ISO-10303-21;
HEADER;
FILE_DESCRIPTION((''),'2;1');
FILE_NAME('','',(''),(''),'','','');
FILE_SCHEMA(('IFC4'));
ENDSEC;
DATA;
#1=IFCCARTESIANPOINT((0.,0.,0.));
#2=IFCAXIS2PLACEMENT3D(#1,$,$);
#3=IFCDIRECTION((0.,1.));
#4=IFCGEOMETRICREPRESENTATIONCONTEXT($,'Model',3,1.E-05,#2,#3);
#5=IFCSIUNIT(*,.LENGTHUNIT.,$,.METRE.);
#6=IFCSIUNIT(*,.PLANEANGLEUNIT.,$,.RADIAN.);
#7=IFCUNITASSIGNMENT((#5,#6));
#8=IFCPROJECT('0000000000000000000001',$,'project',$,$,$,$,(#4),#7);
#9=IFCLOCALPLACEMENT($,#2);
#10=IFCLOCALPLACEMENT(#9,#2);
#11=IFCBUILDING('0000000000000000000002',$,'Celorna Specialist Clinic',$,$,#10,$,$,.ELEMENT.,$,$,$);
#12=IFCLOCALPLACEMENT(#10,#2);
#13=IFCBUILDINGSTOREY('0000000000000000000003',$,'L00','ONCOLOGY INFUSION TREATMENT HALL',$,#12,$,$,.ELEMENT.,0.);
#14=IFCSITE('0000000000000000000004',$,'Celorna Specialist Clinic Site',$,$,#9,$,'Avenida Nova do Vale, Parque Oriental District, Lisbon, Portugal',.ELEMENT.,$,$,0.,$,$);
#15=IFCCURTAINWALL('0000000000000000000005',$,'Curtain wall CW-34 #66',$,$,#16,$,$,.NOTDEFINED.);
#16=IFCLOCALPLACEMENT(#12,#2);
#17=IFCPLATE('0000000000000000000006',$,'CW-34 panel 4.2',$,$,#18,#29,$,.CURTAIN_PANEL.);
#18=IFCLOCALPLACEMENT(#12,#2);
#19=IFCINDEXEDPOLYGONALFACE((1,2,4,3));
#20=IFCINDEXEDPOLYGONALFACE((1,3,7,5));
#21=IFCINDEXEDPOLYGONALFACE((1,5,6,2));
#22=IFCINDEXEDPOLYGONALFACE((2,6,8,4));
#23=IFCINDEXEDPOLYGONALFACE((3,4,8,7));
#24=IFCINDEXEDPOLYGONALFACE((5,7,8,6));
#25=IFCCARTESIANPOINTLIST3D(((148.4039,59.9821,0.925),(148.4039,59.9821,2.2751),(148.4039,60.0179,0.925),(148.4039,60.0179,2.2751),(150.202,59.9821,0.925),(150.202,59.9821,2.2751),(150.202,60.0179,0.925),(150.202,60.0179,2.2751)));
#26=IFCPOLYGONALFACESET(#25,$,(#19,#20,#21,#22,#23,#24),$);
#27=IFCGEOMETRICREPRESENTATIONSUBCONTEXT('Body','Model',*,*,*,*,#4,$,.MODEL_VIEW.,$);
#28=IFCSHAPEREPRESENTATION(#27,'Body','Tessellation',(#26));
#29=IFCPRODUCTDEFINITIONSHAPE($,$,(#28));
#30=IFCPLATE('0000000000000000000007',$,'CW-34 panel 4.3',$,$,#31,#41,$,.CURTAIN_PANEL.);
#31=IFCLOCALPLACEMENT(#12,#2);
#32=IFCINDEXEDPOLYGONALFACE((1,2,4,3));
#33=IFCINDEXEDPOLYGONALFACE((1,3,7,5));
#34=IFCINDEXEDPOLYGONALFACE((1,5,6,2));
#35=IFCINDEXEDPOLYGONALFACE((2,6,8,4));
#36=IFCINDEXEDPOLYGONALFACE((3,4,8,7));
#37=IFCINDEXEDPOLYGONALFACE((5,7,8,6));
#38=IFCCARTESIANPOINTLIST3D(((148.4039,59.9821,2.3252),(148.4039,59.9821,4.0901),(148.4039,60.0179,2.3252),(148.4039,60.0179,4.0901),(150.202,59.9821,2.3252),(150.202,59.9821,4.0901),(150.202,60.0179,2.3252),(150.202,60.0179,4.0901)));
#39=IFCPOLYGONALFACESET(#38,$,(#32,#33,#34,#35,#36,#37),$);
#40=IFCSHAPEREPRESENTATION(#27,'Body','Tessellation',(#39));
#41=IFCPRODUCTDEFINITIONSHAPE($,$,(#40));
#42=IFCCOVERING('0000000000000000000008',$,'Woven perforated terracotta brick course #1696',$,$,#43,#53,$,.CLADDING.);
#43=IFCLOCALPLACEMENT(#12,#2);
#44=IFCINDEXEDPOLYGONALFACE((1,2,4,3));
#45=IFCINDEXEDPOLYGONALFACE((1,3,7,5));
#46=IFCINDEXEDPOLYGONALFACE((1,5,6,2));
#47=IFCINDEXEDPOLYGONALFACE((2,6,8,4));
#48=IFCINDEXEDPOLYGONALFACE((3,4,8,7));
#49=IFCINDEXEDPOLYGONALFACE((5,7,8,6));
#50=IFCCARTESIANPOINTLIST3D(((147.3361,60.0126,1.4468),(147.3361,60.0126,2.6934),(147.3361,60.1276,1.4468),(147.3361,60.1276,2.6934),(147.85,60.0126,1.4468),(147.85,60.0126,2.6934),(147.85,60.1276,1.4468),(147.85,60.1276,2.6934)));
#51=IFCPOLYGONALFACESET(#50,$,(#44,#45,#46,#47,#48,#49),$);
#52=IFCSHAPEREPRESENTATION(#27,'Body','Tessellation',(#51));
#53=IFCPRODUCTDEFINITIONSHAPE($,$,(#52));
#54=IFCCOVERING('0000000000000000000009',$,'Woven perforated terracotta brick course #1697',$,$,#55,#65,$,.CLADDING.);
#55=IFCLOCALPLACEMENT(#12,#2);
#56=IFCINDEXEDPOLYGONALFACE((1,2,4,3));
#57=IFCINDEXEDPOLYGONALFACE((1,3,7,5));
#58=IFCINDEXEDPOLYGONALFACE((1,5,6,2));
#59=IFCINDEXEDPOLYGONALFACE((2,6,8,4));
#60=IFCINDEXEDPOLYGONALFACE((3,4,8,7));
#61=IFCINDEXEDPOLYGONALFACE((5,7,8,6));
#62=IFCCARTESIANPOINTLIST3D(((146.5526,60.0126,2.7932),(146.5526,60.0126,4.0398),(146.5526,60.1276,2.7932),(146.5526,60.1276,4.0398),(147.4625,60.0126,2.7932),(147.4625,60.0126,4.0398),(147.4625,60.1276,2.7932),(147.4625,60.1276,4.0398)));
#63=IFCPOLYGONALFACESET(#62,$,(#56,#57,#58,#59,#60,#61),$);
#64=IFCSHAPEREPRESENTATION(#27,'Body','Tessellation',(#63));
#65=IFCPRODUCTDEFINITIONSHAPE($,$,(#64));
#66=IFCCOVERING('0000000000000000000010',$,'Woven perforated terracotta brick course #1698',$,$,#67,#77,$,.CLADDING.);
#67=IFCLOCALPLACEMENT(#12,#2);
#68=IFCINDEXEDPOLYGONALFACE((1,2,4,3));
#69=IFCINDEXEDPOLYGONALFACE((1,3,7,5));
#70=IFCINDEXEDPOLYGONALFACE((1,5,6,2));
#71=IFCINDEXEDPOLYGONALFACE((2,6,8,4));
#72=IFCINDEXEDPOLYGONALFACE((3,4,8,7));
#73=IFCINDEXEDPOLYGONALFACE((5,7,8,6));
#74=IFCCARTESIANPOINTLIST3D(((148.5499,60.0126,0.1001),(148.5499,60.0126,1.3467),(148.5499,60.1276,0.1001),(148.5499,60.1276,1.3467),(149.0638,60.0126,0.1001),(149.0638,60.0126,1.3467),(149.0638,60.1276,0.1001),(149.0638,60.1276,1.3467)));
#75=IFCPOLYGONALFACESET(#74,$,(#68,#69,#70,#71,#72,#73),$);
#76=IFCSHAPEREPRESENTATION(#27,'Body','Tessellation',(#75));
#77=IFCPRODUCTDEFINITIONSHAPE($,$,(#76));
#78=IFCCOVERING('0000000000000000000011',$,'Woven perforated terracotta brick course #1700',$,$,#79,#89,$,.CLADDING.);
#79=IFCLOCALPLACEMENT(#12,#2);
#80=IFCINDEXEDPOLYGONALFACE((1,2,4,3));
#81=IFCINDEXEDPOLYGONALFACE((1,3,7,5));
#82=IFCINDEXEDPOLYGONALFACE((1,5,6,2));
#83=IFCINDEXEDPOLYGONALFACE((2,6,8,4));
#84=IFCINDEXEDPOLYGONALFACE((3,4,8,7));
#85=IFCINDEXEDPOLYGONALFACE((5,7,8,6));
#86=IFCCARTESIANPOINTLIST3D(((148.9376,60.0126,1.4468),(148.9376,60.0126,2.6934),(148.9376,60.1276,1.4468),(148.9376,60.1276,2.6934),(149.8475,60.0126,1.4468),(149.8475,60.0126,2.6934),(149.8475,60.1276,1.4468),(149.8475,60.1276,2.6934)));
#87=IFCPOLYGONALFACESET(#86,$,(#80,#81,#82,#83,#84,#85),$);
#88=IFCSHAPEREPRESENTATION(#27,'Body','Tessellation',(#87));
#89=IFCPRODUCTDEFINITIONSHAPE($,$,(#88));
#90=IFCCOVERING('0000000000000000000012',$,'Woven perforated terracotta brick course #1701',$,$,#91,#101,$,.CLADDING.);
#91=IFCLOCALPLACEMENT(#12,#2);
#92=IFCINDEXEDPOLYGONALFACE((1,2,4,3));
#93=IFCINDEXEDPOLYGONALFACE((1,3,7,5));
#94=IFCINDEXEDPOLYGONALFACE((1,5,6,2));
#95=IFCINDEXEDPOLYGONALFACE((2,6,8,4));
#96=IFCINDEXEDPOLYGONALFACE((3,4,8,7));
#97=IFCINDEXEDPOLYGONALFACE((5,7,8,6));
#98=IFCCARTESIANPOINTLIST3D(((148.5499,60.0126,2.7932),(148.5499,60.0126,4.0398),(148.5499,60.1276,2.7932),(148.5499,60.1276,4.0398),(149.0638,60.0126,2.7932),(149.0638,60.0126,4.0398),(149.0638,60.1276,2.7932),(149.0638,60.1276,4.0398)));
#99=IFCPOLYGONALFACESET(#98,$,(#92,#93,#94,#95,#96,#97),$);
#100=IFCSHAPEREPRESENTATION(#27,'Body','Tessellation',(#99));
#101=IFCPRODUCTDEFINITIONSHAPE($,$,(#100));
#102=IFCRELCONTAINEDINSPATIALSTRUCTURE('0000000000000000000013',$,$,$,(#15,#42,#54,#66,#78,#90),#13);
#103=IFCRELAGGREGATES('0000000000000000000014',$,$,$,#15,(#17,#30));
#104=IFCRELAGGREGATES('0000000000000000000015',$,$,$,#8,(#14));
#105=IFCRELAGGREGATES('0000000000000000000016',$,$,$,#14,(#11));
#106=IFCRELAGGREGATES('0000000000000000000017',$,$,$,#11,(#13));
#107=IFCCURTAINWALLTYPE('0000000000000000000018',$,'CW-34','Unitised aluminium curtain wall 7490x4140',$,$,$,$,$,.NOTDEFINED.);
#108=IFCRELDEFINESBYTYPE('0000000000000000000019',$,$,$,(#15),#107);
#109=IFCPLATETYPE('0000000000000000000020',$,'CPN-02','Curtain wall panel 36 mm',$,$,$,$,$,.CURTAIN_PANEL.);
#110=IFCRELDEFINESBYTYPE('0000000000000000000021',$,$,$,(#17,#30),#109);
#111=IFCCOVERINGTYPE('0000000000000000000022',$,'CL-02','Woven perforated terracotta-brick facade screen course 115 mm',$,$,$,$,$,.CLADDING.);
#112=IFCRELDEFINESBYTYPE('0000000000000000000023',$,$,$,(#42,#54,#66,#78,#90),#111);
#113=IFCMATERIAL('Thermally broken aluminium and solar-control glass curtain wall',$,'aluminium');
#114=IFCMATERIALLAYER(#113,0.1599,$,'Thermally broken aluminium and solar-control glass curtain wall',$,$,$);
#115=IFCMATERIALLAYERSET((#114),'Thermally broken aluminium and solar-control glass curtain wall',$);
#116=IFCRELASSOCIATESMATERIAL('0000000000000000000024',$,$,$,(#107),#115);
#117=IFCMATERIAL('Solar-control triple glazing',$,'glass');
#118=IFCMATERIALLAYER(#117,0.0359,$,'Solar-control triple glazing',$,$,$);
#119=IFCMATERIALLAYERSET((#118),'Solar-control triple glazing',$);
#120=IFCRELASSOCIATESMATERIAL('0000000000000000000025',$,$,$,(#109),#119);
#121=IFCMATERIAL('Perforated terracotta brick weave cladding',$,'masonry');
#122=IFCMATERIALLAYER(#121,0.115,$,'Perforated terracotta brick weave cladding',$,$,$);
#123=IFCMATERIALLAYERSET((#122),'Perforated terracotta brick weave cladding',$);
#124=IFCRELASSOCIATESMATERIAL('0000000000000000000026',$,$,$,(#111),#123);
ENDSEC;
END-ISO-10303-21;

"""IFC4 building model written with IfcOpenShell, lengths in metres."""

from ifc_helpers import new_model, si_unit, direction, frame, origin, origin_2d, place, context, subcontext, project, spatial, rectangle, extrude, material, layer, layer_set, type_object, element, aggregate, save


model = new_model("IFC4")

# Units and contexts
model_context = context("Model", 3, precision=1e-05, world=origin(), true_north=direction((0.0, 1.0)))
body_context = subcontext(model_context, "Body", "Model", "MODEL_VIEW")
ifc_project = project(units=[si_unit("LENGTHUNIT", "METRE"), si_unit("PLANEANGLEUNIT", "RADIAN")], contexts=[model_context])

# Site, building, storey
site_placement = place(None, origin())
site = spatial("IfcSite", under=ifc_project, at=site_placement, Name="Celorna Specialist Clinic Site", LongName="Avenida Nova do Vale, Parque Oriental District, Lisbon, Portugal", CompositionType="ELEMENT", RefElevation=0.0)
building_placement = place(site_placement, origin())
building = spatial("IfcBuilding", under=site, at=building_placement, Name="Celorna Specialist Clinic", CompositionType="ELEMENT")
storey_placement = place(building_placement, origin())
storey = spatial("IfcBuildingStorey", under=building, at=storey_placement, Name="L00", Description="ONCOLOGY INFUSION TREATMENT HALL", CompositionType="ELEMENT", Elevation=0.0)

# Shared definitions
ifc_material_1 = material(Name="Thermally broken aluminium and solar-control glass curtain wall", Category="aluminium")

# Curtain wall
ifc_layer_1 = layer(ifc_material_1, 0.1599, Name="Thermally broken aluminium and solar-control glass curtain wall")
ifc_layer_set_1 = layer_set([ifc_layer_1], Name="Thermally broken aluminium and solar-control glass curtain wall")
curtain_wall_type_1 = type_object("IfcCurtainWallType", Name="CW-34", Description="Unitised aluminium curtain wall 7490x4140", PredefinedType="NOTDEFINED", material=ifc_layer_set_1)
curtain_wall_1_placement = place(storey_placement, origin())
curtain_wall_1 = element("IfcCurtainWall", 1, at=curtain_wall_1_placement, inside=storey, type_object=curtain_wall_type_1, Name="Curtain wall CW-34 #66", PredefinedType="NOTDEFINED")

# Plates
ifc_material_2 = material(Name="Solar-control triple glazing", Category="glass")
ifc_layer_2 = layer(ifc_material_2, 0.0359, Name="Solar-control triple glazing")
ifc_layer_set_2 = layer_set([ifc_layer_2], Name="Solar-control triple glazing")
plate_type_1 = type_object("IfcPlateType", Name="CPN-02", Description="Curtain wall panel 36 mm", PredefinedType="CURTAIN_PANEL", material=ifc_layer_set_2)
plate_1_placement = place(storey_placement, frame((149.303, 60.0, 0.925), z_axis=(0.0, 0.0, 1.0), x_axis=(-1.0, 0.0, 0.0)))
plate_1 = element("IfcPlate", 2, at=plate_1_placement, type_object=plate_type_1, Name="CW-34 panel 4.2", PredefinedType="CURTAIN_PANEL", context=body_context, shape_type="SweptSolid", body=[
    extrude(rectangle(XDim=1.7981, YDim=0.0359, at=origin_2d()), origin(), (0.0, 0.0, 1.0), 1.3501),
])
plate_2_placement = place(storey_placement, frame((149.303, 60.0, 2.3252), z_axis=(0.0, 0.0, 1.0), x_axis=(-1.0, 0.0, 0.0)))
plate_2 = element("IfcPlate", 3, at=plate_2_placement, type_object=plate_type_1, Name="CW-34 panel 4.3", PredefinedType="CURTAIN_PANEL", context=body_context, shape_type="SweptSolid", body=[
    extrude(rectangle(XDim=1.7981, YDim=0.0359, at=origin_2d()), origin(), (0.0, 0.0, 1.0), 1.7649),
])
aggregate(curtain_wall_1, [plate_1, plate_2])

# Coverings
ifc_material_3 = material(Name="Perforated terracotta brick weave cladding", Category="masonry")
ifc_layer_3 = layer(ifc_material_3, 0.115, Name="Perforated terracotta brick weave cladding")
ifc_layer_set_3 = layer_set([ifc_layer_3], Name="Perforated terracotta brick weave cladding")
covering_type = type_object("IfcCoveringType", Name="CL-02", Description="Woven perforated terracotta-brick facade screen course 115 mm", PredefinedType="CLADDING", material=ifc_layer_set_3)
covering_1_placement = place(storey_placement, frame((147.593, 60.0701, 1.4468), z_axis=(0.0, 0.0, 1.0), x_axis=(1.0, 0.0, 0.0)))
element("IfcCovering", 4, at=covering_1_placement, inside=storey, type_object=covering_type, Name="Woven perforated terracotta brick course #1696", PredefinedType="CLADDING", context=body_context, shape_type="SweptSolid", body=[
    extrude(rectangle(XDim=0.5139, YDim=0.115, at=origin_2d()), origin(), (0.0, 0.0, 1.0), 1.2466),
])
covering_2_placement = place(storey_placement, frame((147.0076, 60.0701, 2.7932), z_axis=(0.0, 0.0, 1.0), x_axis=(1.0, 0.0, 0.0)))
element("IfcCovering", 5, at=covering_2_placement, inside=storey, type_object=covering_type, Name="Woven perforated terracotta brick course #1697", PredefinedType="CLADDING", context=body_context, shape_type="SweptSolid", body=[
    extrude(rectangle(XDim=0.9099, YDim=0.115, at=origin_2d()), origin(), (0.0, 0.0, 1.0), 1.2466),
])
covering_3_placement = place(storey_placement, frame((148.8069, 60.0701, 0.1001), z_axis=(0.0, 0.0, 1.0), x_axis=(1.0, 0.0, 0.0)))
element("IfcCovering", 6, at=covering_3_placement, inside=storey, type_object=covering_type, Name="Woven perforated terracotta brick course #1698", PredefinedType="CLADDING", context=body_context, shape_type="SweptSolid", body=[
    extrude(rectangle(XDim=0.5139, YDim=0.115, at=origin_2d()), origin(), (0.0, 0.0, 1.0), 1.2466),
])
covering_4_placement = place(storey_placement, frame((149.3926, 60.0701, 1.4468), z_axis=(0.0, 0.0, 1.0), x_axis=(1.0, 0.0, 0.0)))
element("IfcCovering", 7, at=covering_4_placement, inside=storey, type_object=covering_type, Name="Woven perforated terracotta brick course #1700", PredefinedType="CLADDING", context=body_context, shape_type="SweptSolid", body=[
    extrude(rectangle(XDim=0.9099, YDim=0.115, at=origin_2d()), origin(), (0.0, 0.0, 1.0), 1.2466),
])
covering_5_placement = place(storey_placement, frame((148.8069, 60.0701, 2.7932), z_axis=(0.0, 0.0, 1.0), x_axis=(1.0, 0.0, 0.0)))
element("IfcCovering", 8, at=covering_5_placement, inside=storey, type_object=covering_type, Name="Woven perforated terracotta brick course #1701", PredefinedType="CLADDING", context=body_context, shape_type="SweptSolid", body=[
    extrude(rectangle(XDim=0.5139, YDim=0.115, at=origin_2d()), origin(), (0.0, 0.0, 1.0), 1.2466),
])

save(model, "model.ifc")
